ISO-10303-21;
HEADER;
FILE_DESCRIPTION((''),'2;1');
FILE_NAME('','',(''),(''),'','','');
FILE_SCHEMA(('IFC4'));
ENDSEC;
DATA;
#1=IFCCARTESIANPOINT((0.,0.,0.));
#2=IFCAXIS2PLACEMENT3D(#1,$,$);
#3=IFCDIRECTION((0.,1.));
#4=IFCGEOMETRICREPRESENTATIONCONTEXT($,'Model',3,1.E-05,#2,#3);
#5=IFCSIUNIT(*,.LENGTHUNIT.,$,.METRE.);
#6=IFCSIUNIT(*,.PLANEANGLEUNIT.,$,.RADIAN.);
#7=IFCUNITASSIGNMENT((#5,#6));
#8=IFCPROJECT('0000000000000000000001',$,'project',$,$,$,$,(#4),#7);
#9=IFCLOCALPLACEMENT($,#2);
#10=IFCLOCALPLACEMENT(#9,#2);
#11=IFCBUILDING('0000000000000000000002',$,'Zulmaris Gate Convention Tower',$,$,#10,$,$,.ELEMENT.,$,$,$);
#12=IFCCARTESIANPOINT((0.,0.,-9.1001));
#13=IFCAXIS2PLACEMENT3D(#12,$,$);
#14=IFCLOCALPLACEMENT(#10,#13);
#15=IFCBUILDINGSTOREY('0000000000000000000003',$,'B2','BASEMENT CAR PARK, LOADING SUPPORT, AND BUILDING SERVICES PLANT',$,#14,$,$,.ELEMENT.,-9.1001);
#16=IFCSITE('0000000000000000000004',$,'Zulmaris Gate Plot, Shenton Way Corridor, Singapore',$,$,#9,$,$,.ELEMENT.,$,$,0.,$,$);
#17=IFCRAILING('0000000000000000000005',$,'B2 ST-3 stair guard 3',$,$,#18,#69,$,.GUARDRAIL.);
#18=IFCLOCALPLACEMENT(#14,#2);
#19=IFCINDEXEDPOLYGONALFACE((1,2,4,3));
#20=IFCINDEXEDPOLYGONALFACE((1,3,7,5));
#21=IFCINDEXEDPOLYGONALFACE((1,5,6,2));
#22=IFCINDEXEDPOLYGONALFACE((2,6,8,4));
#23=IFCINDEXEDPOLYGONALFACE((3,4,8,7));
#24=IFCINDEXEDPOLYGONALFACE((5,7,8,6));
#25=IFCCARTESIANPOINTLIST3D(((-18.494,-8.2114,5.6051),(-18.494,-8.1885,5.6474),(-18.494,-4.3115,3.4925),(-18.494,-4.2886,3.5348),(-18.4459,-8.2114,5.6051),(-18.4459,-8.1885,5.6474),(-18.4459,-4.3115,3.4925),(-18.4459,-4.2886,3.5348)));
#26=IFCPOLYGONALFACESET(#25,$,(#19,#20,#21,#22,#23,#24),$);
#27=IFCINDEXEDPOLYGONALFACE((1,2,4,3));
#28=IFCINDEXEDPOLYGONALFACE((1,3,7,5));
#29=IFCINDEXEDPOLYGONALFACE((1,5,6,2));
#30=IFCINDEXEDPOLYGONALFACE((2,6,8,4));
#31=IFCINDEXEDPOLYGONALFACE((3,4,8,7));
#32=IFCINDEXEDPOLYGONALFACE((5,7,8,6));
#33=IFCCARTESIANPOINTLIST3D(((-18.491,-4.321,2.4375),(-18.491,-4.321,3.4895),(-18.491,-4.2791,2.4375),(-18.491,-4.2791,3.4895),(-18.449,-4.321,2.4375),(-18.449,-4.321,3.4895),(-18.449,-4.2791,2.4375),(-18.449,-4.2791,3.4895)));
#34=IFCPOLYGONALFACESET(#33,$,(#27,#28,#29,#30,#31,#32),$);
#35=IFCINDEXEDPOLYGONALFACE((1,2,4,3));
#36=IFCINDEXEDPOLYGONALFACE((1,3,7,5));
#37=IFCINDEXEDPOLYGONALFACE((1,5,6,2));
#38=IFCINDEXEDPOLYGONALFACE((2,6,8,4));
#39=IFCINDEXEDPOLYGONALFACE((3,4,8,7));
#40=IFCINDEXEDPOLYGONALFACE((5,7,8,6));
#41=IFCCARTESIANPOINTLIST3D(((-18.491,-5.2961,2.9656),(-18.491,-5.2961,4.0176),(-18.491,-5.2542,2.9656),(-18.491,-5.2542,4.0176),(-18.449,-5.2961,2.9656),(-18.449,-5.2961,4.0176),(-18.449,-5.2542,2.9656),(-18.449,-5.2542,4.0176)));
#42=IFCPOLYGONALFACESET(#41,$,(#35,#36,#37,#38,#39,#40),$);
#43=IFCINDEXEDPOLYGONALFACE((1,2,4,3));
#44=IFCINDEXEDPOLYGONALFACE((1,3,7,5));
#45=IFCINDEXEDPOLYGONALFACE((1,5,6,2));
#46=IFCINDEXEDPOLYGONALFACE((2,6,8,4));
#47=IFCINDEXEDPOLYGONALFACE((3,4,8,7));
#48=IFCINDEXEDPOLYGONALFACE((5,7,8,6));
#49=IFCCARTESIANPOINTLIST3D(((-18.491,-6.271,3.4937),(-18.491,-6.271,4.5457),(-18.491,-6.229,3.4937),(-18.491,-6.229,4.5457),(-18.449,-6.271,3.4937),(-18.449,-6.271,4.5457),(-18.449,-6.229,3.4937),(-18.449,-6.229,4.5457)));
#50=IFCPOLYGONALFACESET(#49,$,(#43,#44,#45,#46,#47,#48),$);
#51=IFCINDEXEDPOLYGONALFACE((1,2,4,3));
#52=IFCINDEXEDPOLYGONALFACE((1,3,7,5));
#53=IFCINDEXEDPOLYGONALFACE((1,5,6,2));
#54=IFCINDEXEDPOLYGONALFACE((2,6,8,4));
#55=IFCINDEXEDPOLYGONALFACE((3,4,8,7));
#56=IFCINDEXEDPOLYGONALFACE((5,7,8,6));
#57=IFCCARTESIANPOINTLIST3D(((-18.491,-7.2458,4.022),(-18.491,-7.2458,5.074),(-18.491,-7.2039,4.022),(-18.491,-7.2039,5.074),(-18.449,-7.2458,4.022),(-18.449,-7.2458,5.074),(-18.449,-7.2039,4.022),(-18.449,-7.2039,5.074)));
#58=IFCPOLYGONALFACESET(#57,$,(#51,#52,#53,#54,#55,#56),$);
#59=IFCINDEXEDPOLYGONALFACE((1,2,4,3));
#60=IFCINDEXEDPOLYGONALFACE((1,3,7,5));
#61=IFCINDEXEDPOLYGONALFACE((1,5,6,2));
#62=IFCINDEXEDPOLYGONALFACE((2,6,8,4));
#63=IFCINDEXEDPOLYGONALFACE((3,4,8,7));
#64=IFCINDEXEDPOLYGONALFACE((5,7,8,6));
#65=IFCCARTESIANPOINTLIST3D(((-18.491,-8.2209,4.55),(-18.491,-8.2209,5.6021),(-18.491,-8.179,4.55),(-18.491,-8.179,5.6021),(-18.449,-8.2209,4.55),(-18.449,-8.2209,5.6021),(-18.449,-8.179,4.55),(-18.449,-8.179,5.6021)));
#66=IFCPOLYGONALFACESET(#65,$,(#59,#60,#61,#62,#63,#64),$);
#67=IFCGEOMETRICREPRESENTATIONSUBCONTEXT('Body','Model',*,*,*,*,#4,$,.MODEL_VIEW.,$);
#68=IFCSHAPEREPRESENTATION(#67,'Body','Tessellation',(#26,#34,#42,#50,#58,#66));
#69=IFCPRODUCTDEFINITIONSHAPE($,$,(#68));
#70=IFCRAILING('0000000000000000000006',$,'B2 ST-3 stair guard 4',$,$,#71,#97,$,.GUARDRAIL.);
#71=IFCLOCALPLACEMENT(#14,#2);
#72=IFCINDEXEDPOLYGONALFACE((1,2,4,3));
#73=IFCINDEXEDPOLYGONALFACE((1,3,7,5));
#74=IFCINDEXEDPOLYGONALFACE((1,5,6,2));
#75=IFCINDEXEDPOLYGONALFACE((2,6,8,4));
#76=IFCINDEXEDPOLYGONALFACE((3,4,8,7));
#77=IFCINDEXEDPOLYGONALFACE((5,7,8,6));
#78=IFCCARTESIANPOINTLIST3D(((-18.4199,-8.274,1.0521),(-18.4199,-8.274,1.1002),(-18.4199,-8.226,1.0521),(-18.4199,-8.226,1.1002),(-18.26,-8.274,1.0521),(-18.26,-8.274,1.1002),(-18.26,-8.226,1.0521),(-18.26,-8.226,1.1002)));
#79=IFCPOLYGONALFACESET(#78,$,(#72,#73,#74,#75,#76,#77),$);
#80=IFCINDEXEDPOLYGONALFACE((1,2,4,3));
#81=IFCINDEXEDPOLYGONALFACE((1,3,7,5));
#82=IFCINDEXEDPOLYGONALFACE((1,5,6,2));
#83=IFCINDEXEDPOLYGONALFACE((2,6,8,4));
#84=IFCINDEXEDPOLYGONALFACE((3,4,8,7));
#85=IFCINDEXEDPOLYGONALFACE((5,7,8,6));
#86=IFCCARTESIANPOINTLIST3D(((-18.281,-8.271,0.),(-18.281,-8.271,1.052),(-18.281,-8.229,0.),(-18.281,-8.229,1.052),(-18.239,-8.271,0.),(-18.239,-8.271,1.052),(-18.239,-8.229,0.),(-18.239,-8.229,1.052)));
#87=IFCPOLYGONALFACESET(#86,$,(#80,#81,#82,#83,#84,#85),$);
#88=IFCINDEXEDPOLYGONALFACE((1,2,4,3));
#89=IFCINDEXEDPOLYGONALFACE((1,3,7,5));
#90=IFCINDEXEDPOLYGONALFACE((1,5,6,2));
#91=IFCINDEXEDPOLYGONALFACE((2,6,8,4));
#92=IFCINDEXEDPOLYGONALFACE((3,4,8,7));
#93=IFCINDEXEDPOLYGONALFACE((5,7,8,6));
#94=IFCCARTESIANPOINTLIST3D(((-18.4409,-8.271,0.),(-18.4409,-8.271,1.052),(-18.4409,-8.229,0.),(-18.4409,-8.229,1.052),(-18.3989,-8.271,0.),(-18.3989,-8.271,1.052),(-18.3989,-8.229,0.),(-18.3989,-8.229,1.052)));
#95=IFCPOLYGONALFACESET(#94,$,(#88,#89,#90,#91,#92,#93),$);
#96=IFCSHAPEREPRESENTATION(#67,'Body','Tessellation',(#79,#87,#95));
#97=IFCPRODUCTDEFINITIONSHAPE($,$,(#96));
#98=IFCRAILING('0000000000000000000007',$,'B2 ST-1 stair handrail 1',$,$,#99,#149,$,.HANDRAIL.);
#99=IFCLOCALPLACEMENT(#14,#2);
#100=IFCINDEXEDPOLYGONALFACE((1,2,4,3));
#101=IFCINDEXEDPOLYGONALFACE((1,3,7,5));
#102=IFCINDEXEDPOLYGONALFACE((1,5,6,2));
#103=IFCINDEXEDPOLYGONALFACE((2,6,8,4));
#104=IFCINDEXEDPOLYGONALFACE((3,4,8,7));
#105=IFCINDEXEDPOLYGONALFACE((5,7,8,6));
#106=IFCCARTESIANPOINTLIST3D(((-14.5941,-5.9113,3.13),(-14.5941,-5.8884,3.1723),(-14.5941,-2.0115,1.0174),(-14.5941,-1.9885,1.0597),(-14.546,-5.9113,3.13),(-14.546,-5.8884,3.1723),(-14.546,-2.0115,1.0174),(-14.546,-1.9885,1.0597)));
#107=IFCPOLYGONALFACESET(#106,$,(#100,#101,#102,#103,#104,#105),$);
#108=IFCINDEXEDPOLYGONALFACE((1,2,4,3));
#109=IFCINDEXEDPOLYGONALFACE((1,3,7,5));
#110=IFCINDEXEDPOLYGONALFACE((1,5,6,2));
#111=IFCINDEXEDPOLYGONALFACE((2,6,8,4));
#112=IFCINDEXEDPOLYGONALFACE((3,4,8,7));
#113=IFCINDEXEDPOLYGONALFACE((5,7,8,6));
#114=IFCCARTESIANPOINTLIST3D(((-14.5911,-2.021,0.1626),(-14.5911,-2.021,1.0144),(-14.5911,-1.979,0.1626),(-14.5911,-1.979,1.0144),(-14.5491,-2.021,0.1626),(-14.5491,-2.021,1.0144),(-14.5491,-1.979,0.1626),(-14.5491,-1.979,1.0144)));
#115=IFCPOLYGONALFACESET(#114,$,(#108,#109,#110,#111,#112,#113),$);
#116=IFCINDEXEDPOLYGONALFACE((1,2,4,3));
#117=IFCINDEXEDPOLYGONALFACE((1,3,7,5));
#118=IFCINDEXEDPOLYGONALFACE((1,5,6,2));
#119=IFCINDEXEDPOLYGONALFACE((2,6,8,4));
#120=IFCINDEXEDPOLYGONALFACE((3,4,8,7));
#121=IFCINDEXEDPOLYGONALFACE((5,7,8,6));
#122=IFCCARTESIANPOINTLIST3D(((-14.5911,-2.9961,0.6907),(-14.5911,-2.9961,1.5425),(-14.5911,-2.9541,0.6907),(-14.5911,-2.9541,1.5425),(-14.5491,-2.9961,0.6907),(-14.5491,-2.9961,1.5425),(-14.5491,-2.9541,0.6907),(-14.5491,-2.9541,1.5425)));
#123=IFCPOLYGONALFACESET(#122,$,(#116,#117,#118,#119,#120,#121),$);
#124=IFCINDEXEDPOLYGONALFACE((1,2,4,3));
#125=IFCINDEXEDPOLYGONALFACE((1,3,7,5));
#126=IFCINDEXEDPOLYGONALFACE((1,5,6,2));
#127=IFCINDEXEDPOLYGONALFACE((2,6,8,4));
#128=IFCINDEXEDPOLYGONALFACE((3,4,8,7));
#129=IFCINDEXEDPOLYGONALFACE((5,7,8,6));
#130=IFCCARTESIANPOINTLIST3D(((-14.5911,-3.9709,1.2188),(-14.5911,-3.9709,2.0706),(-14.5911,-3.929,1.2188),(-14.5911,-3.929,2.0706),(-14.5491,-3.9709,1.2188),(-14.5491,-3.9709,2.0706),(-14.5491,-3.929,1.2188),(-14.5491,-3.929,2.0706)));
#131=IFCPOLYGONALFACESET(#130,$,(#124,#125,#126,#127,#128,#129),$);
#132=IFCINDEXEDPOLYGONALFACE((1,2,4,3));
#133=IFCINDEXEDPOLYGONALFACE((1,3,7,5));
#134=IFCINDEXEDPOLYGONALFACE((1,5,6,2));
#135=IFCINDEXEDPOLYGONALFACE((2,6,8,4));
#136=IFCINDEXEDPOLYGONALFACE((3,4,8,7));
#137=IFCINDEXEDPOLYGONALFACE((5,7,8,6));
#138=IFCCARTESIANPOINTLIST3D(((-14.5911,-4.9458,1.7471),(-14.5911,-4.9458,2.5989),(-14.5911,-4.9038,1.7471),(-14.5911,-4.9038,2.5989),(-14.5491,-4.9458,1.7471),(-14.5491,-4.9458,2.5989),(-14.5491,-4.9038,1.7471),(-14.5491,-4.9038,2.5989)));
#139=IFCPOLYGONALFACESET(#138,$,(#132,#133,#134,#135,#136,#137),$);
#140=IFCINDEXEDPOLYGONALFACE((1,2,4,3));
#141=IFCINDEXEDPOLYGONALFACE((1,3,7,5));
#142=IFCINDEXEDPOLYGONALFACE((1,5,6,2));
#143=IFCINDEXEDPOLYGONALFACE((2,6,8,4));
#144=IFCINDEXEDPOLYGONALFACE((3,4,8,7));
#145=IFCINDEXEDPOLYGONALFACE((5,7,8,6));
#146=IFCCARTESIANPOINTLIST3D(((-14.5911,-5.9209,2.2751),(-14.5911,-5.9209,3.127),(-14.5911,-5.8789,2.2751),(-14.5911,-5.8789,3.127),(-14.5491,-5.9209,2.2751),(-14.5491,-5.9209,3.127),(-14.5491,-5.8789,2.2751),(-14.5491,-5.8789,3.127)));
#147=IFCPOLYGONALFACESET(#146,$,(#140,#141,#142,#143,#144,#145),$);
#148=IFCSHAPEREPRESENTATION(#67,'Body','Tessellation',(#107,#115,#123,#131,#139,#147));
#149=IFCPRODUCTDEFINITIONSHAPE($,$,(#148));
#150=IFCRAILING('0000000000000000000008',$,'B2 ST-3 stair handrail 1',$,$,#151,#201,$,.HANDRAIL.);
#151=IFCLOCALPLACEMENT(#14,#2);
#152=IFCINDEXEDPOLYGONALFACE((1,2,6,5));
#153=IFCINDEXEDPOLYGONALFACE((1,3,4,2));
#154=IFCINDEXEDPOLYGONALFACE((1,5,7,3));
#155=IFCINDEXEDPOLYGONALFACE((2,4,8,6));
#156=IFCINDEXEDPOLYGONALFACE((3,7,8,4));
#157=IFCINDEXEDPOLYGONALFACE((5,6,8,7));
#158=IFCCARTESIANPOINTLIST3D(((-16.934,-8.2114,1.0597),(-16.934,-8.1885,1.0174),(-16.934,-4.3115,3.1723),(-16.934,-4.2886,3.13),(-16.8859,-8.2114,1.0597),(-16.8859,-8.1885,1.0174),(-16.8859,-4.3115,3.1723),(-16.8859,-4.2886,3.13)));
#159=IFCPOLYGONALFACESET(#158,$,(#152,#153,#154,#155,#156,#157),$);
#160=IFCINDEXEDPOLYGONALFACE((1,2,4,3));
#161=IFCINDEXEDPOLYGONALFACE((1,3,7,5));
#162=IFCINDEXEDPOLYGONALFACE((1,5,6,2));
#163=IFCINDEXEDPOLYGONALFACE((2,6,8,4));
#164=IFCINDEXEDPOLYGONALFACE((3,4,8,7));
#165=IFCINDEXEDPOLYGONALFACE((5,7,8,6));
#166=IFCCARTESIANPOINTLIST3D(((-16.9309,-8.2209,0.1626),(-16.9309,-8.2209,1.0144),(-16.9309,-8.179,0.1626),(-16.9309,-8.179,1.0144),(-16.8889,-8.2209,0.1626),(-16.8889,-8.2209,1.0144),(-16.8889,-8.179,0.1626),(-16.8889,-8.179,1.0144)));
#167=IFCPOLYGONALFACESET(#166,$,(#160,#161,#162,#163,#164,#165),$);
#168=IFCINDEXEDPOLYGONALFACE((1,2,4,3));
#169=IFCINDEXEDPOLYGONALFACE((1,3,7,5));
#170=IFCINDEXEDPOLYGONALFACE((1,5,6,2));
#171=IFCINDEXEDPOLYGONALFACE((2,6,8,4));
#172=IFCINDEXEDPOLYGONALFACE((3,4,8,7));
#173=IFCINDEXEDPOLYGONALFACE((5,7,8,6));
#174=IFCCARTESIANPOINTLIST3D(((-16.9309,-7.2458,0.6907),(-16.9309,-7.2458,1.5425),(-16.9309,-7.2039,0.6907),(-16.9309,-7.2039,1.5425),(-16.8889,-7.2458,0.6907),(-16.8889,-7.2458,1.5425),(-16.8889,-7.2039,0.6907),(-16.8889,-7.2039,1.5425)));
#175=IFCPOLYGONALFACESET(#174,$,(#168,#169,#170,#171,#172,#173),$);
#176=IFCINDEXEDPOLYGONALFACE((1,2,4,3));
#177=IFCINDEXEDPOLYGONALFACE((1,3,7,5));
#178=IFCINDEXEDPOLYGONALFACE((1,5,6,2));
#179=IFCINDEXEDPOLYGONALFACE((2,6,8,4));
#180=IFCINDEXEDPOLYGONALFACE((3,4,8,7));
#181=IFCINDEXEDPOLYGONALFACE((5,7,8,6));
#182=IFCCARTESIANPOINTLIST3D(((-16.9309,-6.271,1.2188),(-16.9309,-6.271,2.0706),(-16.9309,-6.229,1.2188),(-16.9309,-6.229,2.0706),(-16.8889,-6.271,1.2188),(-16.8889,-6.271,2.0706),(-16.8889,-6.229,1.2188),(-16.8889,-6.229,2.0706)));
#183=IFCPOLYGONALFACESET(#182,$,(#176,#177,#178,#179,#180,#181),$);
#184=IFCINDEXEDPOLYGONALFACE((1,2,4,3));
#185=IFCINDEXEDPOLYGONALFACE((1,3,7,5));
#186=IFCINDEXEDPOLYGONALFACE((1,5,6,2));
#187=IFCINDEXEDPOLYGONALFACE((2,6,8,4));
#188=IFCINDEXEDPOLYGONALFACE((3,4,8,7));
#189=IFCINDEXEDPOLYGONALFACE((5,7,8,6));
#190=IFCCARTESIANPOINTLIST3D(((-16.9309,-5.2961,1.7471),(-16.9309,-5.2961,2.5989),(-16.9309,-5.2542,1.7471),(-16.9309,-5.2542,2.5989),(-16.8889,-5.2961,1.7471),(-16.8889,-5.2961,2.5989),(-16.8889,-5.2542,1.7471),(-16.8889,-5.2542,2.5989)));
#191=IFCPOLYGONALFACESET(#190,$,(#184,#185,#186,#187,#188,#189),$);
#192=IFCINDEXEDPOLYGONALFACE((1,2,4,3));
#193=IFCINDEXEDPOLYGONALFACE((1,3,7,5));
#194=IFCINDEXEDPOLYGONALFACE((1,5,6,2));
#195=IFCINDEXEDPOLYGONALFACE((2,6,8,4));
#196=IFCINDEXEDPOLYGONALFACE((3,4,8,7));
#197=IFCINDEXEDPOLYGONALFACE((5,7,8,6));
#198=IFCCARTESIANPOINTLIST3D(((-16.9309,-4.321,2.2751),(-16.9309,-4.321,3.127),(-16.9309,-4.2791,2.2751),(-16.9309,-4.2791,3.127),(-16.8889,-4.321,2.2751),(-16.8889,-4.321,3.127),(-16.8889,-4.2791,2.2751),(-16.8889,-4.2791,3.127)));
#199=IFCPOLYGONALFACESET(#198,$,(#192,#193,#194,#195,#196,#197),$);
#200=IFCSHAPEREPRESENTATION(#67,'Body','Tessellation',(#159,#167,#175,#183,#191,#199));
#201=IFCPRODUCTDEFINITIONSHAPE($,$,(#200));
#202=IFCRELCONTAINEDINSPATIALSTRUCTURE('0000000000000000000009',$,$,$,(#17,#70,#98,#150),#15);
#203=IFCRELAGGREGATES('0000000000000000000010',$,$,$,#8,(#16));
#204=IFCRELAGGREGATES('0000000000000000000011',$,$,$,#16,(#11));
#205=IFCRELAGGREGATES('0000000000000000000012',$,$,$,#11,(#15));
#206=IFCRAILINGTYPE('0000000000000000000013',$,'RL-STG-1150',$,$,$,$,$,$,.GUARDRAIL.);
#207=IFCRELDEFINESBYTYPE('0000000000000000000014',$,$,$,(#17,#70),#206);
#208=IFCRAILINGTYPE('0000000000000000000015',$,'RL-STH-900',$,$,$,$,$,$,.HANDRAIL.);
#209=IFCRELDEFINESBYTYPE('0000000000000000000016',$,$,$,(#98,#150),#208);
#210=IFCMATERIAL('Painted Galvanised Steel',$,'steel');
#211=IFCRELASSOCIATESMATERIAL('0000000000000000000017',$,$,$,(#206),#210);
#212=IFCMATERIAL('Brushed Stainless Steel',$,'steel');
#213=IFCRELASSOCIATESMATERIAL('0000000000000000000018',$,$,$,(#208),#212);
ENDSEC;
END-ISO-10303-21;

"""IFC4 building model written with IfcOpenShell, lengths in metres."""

from ifc_helpers import new_model, si_unit, direction, frame, origin, origin_2d, place, context, subcontext, project, spatial, rectangle, extrude, material, type_object, element, save


model = new_model("IFC4")

# Units and contexts
model_context = context("Model", 3, precision=1e-05, world=origin(), true_north=direction((0.0, 1.0)))
body_context = subcontext(model_context, "Body", "Model", "MODEL_VIEW")
ifc_project = project(units=[si_unit("LENGTHUNIT", "METRE"), si_unit("PLANEANGLEUNIT", "RADIAN")], contexts=[model_context])

# Site, building, storey
site_placement = place(None, origin())
site = spatial("IfcSite", under=ifc_project, at=site_placement, Name="Zulmaris Gate Plot, Shenton Way Corridor, Singapore", CompositionType="ELEMENT", RefElevation=0.0)
building_placement = place(site_placement, origin())
building = spatial("IfcBuilding", under=site, at=building_placement, Name="Zulmaris Gate Convention Tower", CompositionType="ELEMENT")
storey_placement = place(building_placement, frame((0.0, 0.0, -9.1001)))
storey = spatial("IfcBuildingStorey", under=building, at=storey_placement, Name="B2", Description="BASEMENT CAR PARK, LOADING SUPPORT, AND BUILDING SERVICES PLANT", CompositionType="ELEMENT", Elevation=-9.1001)

# Shared definitions
ifc_material_1 = material(Name="Brushed Stainless Steel", Category="steel")

# Railings
ifc_material_2 = material(Name="Painted Galvanised Steel", Category="steel")
railing_type_1 = type_object("IfcRailingType", Name="RL-STG-1150", PredefinedType="GUARDRAIL", material=ifc_material_2)
railing_1_placement = place(storey_placement, frame((-18.47, -4.3, 2.4375)))
element("IfcRailing", 1, at=railing_1_placement, inside=storey, type_object=railing_type_1, Name="B2 ST-3 stair guard 3", PredefinedType="GUARDRAIL", context=body_context, shape_type="SweptSolid", body=[
    extrude(rectangle(XDim=0.0481, YDim=0.0481, at=origin_2d()), frame((0.0, 0.0, 1.0762), z_axis=(0.0, -0.879282, 0.476301), x_axis=(1.0, 0.0, 0.0)), (0.0, 0.0, 1.0), 4.4353),
    extrude(rectangle(XDim=0.042, YDim=0.042, at=origin_2d()), origin(), (0.0, 0.0, 1.0), 1.052),
    extrude(rectangle(XDim=0.042, YDim=0.042, at=origin_2d()), frame((0.0, -0.9751, 0.5281)), (0.0, 0.0, 1.0), 1.052),
    extrude(rectangle(XDim=0.042, YDim=0.042, at=origin_2d()), frame((0.0, -1.95, 1.0562)), (0.0, 0.0, 1.0), 1.052),
    extrude(rectangle(XDim=0.042, YDim=0.042, at=origin_2d()), frame((0.0, -2.9248, 1.5845)), (0.0, 0.0, 1.0), 1.052),
    extrude(rectangle(XDim=0.042, YDim=0.042, at=origin_2d()), frame((0.0, -3.8999, 2.1125)), (0.0, 0.0, 1.0), 1.052),
])
railing_2_placement = place(storey_placement, frame((-18.26, -8.25, 0.0)))
element("IfcRailing", 2, at=railing_2_placement, inside=storey, type_object=railing_type_1, Name="B2 ST-3 stair guard 4", PredefinedType="GUARDRAIL", context=body_context, shape_type="SweptSolid", body=[
    extrude(rectangle(XDim=0.0481, YDim=0.0481, at=origin_2d()), frame((0.0, 0.0, 1.0762), z_axis=(-1.0, 0.0, 0.0), x_axis=(0.0, -1.0, 0.0)), (0.0, 0.0, 1.0), 0.1599),
    extrude(rectangle(XDim=0.042, YDim=0.042, at=origin_2d()), origin(), (0.0, 0.0, 1.0), 1.052),
    extrude(rectangle(XDim=0.042, YDim=0.042, at=origin_2d()), frame((-0.1599, 0.0, 0.0)), (0.0, 0.0, 1.0), 1.052),
])
railing_type_2 = type_object("IfcRailingType", Name="RL-STH-900", PredefinedType="HANDRAIL", material=ifc_material_1)
railing_3_placement = place(storey_placement, frame((-14.5701, -2.0, 0.1626)))
element("IfcRailing", 3, at=railing_3_placement, inside=storey, type_object=railing_type_2, Name="B2 ST-1 stair handrail 1", PredefinedType="HANDRAIL", context=body_context, shape_type="SweptSolid", body=[
    extrude(rectangle(XDim=0.0481, YDim=0.0481, at=origin_2d()), frame((0.0, 0.0, 0.876), z_axis=(0.0, -0.879282, 0.476301), x_axis=(1.0, 0.0, 0.0)), (0.0, 0.0, 1.0), 4.4353),
    extrude(rectangle(XDim=0.042, YDim=0.042, at=origin_2d()), origin(), (0.0, 0.0, 1.0), 0.8518),
    extrude(rectangle(XDim=0.042, YDim=0.042, at=origin_2d()), frame((0.0, -0.9751, 0.5281)), (0.0, 0.0, 1.0), 0.8518),
    extrude(rectangle(XDim=0.042, YDim=0.042, at=origin_2d()), frame((0.0, -1.95, 1.0562)), (0.0, 0.0, 1.0), 0.8518),
    extrude(rectangle(XDim=0.042, YDim=0.042, at=origin_2d()), frame((0.0, -2.9248, 1.5845)), (0.0, 0.0, 1.0), 0.8518),
    extrude(rectangle(XDim=0.042, YDim=0.042, at=origin_2d()), frame((0.0, -3.8999, 2.1125)), (0.0, 0.0, 1.0), 0.8518),
])
railing_4_placement = place(storey_placement, frame((-16.9099, -8.2, 0.1626)))
element("IfcRailing", 4, at=railing_4_placement, inside=storey, type_object=railing_type_2, Name="B2 ST-3 stair handrail 1", PredefinedType="HANDRAIL", context=body_context, shape_type="SweptSolid", body=[
    extrude(rectangle(XDim=0.0481, YDim=0.0481, at=origin_2d()), frame((0.0, 0.0, 0.876), z_axis=(0.0, 0.879282, 0.476301), x_axis=(-1.0, 0.0, 0.0)), (0.0, 0.0, 1.0), 4.4353),
    extrude(rectangle(XDim=0.042, YDim=0.042, at=origin_2d()), origin(), (0.0, 0.0, 1.0), 0.8518),
    extrude(rectangle(XDim=0.042, YDim=0.042, at=origin_2d()), frame((0.0, 0.9751, 0.5281)), (0.0, 0.0, 1.0), 0.8518),
    extrude(rectangle(XDim=0.042, YDim=0.042, at=origin_2d()), frame((0.0, 1.95, 1.0562)), (0.0, 0.0, 1.0), 0.8518),
    extrude(rectangle(XDim=0.042, YDim=0.042, at=origin_2d()), frame((0.0, 2.9248, 1.5845)), (0.0, 0.0, 1.0), 0.8518),
    extrude(rectangle(XDim=0.042, YDim=0.042, at=origin_2d()), frame((0.0, 3.8999, 2.1125)), (0.0, 0.0, 1.0), 0.8518),
])

save(model, "model.ifc")
